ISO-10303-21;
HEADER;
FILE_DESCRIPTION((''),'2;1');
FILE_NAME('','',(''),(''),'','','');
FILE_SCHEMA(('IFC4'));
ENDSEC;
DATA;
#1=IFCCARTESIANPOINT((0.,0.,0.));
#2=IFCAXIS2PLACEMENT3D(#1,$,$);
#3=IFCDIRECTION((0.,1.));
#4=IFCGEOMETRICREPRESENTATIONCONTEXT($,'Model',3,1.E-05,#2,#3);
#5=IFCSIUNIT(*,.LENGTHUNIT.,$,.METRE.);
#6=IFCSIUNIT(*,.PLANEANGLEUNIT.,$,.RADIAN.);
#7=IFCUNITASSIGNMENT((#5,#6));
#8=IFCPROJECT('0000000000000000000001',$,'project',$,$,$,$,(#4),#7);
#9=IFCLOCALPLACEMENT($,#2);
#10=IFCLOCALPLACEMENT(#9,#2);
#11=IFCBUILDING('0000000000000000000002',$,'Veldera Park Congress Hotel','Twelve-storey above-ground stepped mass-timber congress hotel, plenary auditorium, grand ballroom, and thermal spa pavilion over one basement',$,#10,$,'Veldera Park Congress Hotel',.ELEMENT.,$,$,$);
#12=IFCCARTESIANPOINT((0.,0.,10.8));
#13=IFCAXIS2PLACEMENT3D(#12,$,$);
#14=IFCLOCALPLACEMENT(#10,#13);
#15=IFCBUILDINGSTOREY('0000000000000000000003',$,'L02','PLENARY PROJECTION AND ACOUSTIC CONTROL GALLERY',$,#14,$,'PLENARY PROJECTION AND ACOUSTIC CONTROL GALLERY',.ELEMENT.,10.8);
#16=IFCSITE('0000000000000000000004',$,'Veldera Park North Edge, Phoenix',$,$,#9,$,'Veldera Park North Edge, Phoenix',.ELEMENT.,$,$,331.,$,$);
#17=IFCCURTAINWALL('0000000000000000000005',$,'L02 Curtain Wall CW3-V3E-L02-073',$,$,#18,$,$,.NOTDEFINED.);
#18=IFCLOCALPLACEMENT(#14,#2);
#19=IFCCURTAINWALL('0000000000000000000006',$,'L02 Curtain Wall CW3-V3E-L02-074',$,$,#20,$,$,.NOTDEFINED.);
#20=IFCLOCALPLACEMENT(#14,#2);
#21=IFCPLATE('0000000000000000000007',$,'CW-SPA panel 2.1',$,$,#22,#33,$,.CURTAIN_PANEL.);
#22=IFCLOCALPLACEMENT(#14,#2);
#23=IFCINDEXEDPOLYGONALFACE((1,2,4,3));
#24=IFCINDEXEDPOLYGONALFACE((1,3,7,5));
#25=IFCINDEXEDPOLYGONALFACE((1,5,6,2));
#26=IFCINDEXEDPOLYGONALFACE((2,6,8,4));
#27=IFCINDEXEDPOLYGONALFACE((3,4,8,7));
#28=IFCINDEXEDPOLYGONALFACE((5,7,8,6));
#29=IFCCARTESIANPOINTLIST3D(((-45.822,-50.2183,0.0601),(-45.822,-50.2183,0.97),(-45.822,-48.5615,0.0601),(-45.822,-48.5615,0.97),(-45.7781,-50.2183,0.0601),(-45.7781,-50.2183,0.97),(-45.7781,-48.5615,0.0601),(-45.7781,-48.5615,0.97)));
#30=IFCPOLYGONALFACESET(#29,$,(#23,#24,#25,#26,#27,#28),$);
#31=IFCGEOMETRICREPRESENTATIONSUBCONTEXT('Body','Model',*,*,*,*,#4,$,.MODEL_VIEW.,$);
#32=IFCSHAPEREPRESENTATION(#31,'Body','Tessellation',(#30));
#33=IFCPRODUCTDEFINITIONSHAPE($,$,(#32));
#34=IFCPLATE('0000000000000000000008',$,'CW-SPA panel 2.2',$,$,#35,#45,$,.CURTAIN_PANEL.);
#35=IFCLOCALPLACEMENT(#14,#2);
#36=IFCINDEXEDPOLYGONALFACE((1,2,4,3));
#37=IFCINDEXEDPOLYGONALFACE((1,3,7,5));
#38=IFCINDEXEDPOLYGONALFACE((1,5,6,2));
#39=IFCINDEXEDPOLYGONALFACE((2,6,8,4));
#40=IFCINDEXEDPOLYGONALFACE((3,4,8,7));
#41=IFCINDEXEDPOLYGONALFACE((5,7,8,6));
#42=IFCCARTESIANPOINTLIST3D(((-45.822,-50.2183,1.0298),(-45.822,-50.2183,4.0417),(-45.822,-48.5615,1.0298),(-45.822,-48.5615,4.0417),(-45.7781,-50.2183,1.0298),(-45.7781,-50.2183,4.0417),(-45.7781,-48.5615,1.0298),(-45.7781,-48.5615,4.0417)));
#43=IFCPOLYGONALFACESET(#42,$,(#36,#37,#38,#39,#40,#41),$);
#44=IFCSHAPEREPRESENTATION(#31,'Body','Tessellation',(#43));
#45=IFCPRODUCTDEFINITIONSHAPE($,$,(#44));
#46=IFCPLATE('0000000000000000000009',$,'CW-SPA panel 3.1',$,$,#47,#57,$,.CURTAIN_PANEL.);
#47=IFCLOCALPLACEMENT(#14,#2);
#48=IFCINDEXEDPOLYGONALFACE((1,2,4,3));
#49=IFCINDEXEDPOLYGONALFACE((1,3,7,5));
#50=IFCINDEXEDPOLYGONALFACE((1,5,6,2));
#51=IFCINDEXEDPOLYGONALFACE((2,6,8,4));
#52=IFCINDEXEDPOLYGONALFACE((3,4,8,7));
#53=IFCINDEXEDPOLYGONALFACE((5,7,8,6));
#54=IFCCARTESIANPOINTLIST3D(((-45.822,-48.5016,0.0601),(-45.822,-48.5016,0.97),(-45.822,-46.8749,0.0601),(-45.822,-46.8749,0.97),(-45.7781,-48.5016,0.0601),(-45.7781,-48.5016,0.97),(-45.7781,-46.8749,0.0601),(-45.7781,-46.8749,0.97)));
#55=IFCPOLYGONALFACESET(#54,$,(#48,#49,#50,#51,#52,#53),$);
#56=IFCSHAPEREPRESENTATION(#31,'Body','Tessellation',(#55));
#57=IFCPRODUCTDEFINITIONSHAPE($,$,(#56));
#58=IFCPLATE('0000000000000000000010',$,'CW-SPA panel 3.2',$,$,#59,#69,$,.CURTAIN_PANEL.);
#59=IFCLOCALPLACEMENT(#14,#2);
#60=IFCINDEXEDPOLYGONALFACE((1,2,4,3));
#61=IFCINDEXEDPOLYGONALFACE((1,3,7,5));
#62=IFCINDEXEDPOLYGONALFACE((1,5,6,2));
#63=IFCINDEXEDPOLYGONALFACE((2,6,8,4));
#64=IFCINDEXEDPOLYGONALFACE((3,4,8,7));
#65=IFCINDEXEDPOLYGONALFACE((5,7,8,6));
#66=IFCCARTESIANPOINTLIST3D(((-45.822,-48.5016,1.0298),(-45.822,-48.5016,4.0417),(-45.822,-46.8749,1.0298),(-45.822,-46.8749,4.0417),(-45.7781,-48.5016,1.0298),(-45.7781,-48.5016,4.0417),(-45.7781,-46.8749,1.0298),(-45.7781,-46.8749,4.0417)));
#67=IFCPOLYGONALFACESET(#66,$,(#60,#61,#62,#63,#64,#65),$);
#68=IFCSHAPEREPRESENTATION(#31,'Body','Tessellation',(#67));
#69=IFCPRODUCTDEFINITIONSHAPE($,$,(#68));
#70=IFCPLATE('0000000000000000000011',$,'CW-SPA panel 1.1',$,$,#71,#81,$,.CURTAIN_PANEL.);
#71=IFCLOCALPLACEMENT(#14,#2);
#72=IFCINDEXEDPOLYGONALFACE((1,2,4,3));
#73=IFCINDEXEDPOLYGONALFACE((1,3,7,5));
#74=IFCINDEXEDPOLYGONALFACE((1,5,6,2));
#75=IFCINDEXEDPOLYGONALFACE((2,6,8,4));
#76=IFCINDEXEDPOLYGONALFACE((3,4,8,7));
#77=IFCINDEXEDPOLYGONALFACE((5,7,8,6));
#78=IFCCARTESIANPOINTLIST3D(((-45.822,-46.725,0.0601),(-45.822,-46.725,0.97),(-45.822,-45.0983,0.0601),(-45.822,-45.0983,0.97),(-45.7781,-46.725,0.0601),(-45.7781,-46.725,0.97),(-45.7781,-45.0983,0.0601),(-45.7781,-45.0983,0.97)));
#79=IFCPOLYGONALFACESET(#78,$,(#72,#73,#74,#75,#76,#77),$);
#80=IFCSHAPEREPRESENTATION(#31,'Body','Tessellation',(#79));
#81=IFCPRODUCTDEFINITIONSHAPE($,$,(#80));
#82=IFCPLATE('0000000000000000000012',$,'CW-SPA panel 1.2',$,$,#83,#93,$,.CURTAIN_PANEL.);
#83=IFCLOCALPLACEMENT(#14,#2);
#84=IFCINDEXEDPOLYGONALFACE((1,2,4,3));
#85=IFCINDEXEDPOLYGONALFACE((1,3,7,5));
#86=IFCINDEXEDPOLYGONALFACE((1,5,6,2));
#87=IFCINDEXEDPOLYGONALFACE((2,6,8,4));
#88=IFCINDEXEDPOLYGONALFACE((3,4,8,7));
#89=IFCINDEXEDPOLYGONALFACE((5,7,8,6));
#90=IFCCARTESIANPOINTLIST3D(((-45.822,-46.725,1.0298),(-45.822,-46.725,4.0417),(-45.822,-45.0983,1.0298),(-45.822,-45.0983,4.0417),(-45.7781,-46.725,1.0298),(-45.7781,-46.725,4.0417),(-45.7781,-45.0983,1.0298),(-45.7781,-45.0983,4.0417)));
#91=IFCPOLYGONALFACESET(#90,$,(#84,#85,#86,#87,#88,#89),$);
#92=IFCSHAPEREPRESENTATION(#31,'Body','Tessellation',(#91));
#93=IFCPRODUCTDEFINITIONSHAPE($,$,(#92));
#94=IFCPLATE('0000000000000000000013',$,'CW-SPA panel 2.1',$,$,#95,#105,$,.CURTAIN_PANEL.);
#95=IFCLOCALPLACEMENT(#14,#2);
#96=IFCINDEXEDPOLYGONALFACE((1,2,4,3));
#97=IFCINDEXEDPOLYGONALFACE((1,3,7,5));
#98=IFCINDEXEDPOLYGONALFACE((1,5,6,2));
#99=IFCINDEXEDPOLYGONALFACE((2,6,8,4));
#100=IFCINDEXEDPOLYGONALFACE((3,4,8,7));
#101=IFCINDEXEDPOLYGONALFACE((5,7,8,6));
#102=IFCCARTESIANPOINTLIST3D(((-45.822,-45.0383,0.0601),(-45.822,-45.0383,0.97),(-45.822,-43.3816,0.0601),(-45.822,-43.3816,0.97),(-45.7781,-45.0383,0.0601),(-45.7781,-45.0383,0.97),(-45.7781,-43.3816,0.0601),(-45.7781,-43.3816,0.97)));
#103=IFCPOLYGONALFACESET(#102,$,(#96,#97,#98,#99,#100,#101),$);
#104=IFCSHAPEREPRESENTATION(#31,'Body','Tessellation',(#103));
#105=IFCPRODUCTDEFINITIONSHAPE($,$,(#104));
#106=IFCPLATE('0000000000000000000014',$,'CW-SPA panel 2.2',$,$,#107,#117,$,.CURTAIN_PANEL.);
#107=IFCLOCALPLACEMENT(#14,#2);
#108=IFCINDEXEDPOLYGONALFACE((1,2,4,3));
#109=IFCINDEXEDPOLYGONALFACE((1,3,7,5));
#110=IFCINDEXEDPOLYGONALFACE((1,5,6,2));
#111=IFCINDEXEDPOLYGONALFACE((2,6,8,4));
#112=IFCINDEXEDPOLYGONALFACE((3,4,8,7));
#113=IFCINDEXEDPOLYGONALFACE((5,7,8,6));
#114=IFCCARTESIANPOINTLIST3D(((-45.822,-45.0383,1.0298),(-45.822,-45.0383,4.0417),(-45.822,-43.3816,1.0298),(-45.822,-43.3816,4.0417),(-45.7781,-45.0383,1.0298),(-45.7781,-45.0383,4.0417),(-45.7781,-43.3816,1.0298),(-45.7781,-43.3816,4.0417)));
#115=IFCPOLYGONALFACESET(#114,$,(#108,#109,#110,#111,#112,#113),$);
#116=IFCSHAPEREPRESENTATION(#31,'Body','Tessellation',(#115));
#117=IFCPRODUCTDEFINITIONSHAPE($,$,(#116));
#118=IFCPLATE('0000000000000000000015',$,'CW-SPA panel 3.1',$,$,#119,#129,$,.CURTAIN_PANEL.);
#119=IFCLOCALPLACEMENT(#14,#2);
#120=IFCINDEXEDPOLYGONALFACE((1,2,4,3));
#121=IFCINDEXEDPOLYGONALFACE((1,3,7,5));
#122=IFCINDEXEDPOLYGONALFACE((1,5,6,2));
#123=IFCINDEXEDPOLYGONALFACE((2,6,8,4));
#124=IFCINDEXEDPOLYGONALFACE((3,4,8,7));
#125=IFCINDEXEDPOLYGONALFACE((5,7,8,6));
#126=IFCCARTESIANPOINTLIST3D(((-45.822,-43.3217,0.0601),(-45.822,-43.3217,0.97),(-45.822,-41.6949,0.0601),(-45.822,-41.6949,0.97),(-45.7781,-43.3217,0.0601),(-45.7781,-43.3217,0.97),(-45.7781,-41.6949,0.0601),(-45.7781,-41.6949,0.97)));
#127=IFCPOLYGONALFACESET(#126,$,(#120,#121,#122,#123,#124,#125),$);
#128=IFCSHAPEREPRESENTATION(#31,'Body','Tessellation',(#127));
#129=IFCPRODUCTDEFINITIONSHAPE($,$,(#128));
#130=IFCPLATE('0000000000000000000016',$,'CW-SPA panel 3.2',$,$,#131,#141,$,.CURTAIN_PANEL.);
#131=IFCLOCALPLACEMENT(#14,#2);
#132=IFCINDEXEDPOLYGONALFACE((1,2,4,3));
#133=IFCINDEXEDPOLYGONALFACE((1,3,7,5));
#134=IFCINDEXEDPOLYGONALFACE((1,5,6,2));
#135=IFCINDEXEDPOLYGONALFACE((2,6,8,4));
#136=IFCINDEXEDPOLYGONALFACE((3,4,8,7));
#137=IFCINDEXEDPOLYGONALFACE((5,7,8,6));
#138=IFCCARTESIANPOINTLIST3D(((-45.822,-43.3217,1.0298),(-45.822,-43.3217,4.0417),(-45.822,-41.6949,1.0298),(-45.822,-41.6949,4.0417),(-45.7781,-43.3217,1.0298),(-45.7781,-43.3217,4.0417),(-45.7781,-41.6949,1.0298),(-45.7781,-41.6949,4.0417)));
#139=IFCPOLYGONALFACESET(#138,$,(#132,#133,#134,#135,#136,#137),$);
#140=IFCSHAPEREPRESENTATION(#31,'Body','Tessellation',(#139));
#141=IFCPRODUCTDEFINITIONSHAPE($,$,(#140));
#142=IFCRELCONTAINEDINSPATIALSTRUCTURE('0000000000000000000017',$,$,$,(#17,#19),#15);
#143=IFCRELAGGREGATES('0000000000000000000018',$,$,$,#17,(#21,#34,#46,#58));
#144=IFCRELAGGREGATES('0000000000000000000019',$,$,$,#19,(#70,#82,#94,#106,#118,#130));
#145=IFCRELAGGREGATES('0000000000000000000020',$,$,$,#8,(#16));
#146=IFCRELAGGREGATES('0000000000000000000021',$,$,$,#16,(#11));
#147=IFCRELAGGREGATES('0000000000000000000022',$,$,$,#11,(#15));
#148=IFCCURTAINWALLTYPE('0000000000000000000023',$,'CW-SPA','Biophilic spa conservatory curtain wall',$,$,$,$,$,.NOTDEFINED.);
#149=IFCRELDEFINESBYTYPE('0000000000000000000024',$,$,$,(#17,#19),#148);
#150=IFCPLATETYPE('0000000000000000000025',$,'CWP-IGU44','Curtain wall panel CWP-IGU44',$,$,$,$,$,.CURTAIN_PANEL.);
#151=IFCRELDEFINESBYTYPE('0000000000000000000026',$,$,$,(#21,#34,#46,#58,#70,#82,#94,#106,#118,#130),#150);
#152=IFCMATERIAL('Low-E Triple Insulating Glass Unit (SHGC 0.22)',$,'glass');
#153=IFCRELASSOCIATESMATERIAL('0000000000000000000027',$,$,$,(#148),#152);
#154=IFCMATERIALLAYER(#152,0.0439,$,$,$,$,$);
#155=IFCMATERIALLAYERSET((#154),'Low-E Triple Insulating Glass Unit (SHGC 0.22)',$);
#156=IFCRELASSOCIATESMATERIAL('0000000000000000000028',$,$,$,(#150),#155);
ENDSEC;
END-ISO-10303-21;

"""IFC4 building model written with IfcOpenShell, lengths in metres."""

from ifc_helpers import new_model, si_unit, direction, frame, origin, origin_2d, place, context, subcontext, project, spatial, rectangle, extrude, material, layer, layer_set, type_object, element, aggregate, save


model = new_model("IFC4")

# Units and contexts
model_context = context("Model", 3, precision=1e-05, world=origin(), true_north=direction((0.0, 1.0)))
body_context = subcontext(model_context, "Body", "Model", "MODEL_VIEW")
ifc_project = project(units=[si_unit("LENGTHUNIT", "METRE"), si_unit("PLANEANGLEUNIT", "RADIAN")], contexts=[model_context])

# Site, building, storey
site_placement = place(None, origin())
site = spatial("IfcSite", under=ifc_project, at=site_placement, Name="Veldera Park North Edge, Phoenix", LongName="Veldera Park North Edge, Phoenix", CompositionType="ELEMENT", RefElevation=331.0)
building_placement = place(site_placement, origin())
building = spatial("IfcBuilding", under=site, at=building_placement, Name="Veldera Park Congress Hotel", Description="Twelve-storey above-ground stepped mass-timber congress hotel, plenary auditorium, grand ballroom, and thermal spa pavilion over one basement", LongName="Veldera Park Congress Hotel", CompositionType="ELEMENT")
storey_placement = place(building_placement, frame((0.0, 0.0, 10.8)))
storey = spatial("IfcBuildingStorey", under=building, at=storey_placement, Name="L02", Description="PLENARY PROJECTION AND ACOUSTIC CONTROL GALLERY", LongName="PLENARY PROJECTION AND ACOUSTIC CONTROL GALLERY", CompositionType="ELEMENT", Elevation=10.8)

# Curtain walls
ifc_material_1 = material(Name="Low-E Triple Insulating Glass Unit (SHGC 0.22)", Category="glass")
curtain_wall_type = type_object("IfcCurtainWallType", Name="CW-SPA", Description="Biophilic spa conservatory curtain wall", PredefinedType="NOTDEFINED", material=ifc_material_1)
curtain_wall_1_placement = place(storey_placement, origin())
curtain_wall_1 = element("IfcCurtainWall", 1, at=curtain_wall_1_placement, inside=storey, type_object=curtain_wall_type, Name="L02 Curtain Wall CW3-V3E-L02-073", PredefinedType="NOTDEFINED")
curtain_wall_2_placement = place(storey_placement, origin())
curtain_wall_2 = element("IfcCurtainWall", 2, at=curtain_wall_2_placement, inside=storey, type_object=curtain_wall_type, Name="L02 Curtain Wall CW3-V3E-L02-074", PredefinedType="NOTDEFINED")

# Plates
ifc_layer = layer(ifc_material_1, 0.0439)
ifc_layer_set = layer_set([ifc_layer], Name="Low-E Triple Insulating Glass Unit (SHGC 0.22)")
plate_type = type_object("IfcPlateType", Name="CWP-IGU44", Description="Curtain wall panel CWP-IGU44", PredefinedType="CURTAIN_PANEL", material=ifc_layer_set)
plate_1_placement = place(storey_placement, frame((-45.8, -49.3899, 0.0601), z_axis=(0.0, 0.0, 1.0), x_axis=(0.0, 1.0, 0.0)))
plate_1 = element("IfcPlate", 3, at=plate_1_placement, type_object=plate_type, Name="CW-SPA panel 2.1", PredefinedType="CURTAIN_PANEL", context=body_context, shape_type="SweptSolid", body=[
    extrude(rectangle(XDim=1.6567, YDim=0.0439, at=origin_2d()), origin(), (0.0, 0.0, 1.0), 0.9099),
])
plate_2_placement = place(storey_placement, frame((-45.8, -49.3899, 1.0298), z_axis=(0.0, 0.0, 1.0), x_axis=(0.0, 1.0, 0.0)))
plate_2 = element("IfcPlate", 4, at=plate_2_placement, type_object=plate_type, Name="CW-SPA panel 2.2", PredefinedType="CURTAIN_PANEL", context=body_context, shape_type="SweptSolid", body=[
    extrude(rectangle(XDim=1.6567, YDim=0.0439, at=origin_2d()), origin(), (0.0, 0.0, 1.0), 3.012),
])
plate_3_placement = place(storey_placement, frame((-45.8, -47.6882, 0.0601), z_axis=(0.0, 0.0, 1.0), x_axis=(0.0, 1.0, 0.0)))
plate_3 = element("IfcPlate", 5, at=plate_3_placement, type_object=plate_type, Name="CW-SPA panel 3.1", PredefinedType="CURTAIN_PANEL", context=body_context, shape_type="SweptSolid", body=[
    extrude(rectangle(XDim=1.6267, YDim=0.0439, at=origin_2d()), origin(), (0.0, 0.0, 1.0), 0.9099),
])
plate_4_placement = place(storey_placement, frame((-45.8, -47.6882, 1.0298), z_axis=(0.0, 0.0, 1.0), x_axis=(0.0, 1.0, 0.0)))
plate_4 = element("IfcPlate", 6, at=plate_4_placement, type_object=plate_type, Name="CW-SPA panel 3.2", PredefinedType="CURTAIN_PANEL", context=body_context, shape_type="SweptSolid", body=[
    extrude(rectangle(XDim=1.6267, YDim=0.0439, at=origin_2d()), origin(), (0.0, 0.0, 1.0), 3.012),
])
aggregate(curtain_wall_1, [plate_1, plate_2, plate_3, plate_4])
plate_5_placement = place(storey_placement, frame((-45.8, -45.9116, 0.0601), z_axis=(0.0, 0.0, 1.0), x_axis=(0.0, 1.0, 0.0)))
plate_5 = element("IfcPlate", 7, at=plate_5_placement, type_object=plate_type, Name="CW-SPA panel 1.1", PredefinedType="CURTAIN_PANEL", context=body_context, shape_type="SweptSolid", body=[
    extrude(rectangle(XDim=1.6267, YDim=0.0439, at=origin_2d()), origin(), (0.0, 0.0, 1.0), 0.9099),
])
plate_6_placement = place(storey_placement, frame((-45.8, -45.9116, 1.0298), z_axis=(0.0, 0.0, 1.0), x_axis=(0.0, 1.0, 0.0)))
plate_6 = element("IfcPlate", 8, at=plate_6_placement, type_object=plate_type, Name="CW-SPA panel 1.2", PredefinedType="CURTAIN_PANEL", context=body_context, shape_type="SweptSolid", body=[
    extrude(rectangle(XDim=1.6267, YDim=0.0439, at=origin_2d()), origin(), (0.0, 0.0, 1.0), 3.012),
])
plate_7_placement = place(storey_placement, frame((-45.8, -44.21, 0.0601), z_axis=(0.0, 0.0, 1.0), x_axis=(0.0, 1.0, 0.0)))
plate_7 = element("IfcPlate", 9, at=plate_7_placement, type_object=plate_type, Name="CW-SPA panel 2.1", PredefinedType="CURTAIN_PANEL", context=body_context, shape_type="SweptSolid", body=[
    extrude(rectangle(XDim=1.6567, YDim=0.0439, at=origin_2d()), origin(), (0.0, 0.0, 1.0), 0.9099),
])
plate_8_placement = place(storey_placement, frame((-45.8, -44.21, 1.0298), z_axis=(0.0, 0.0, 1.0), x_axis=(0.0, 1.0, 0.0)))
plate_8 = element("IfcPlate", 10, at=plate_8_placement, type_object=plate_type, Name="CW-SPA panel 2.2", PredefinedType="CURTAIN_PANEL", context=body_context, shape_type="SweptSolid", body=[
    extrude(rectangle(XDim=1.6567, YDim=0.0439, at=origin_2d()), origin(), (0.0, 0.0, 1.0), 3.012),
])
plate_9_placement = place(storey_placement, frame((-45.8, -42.5083, 0.0601), z_axis=(0.0, 0.0, 1.0), x_axis=(0.0, 1.0, 0.0)))
plate_9 = element("IfcPlate", 11, at=plate_9_placement, type_object=plate_type, Name="CW-SPA panel 3.1", PredefinedType="CURTAIN_PANEL", context=body_context, shape_type="SweptSolid", body=[
    extrude(rectangle(XDim=1.6267, YDim=0.0439, at=origin_2d()), origin(), (0.0, 0.0, 1.0), 0.9099),
])
plate_10_placement = place(storey_placement, frame((-45.8, -42.5083, 1.0298), z_axis=(0.0, 0.0, 1.0), x_axis=(0.0, 1.0, 0.0)))
plate_10 = element("IfcPlate", 12, at=plate_10_placement, type_object=plate_type, Name="CW-SPA panel 3.2", PredefinedType="CURTAIN_PANEL", context=body_context, shape_type="SweptSolid", body=[
    extrude(rectangle(XDim=1.6267, YDim=0.0439, at=origin_2d()), origin(), (0.0, 0.0, 1.0), 3.012),
])
aggregate(curtain_wall_2, [plate_5, plate_6, plate_7, plate_8, plate_9, plate_10])

save(model, "model.ifc")
